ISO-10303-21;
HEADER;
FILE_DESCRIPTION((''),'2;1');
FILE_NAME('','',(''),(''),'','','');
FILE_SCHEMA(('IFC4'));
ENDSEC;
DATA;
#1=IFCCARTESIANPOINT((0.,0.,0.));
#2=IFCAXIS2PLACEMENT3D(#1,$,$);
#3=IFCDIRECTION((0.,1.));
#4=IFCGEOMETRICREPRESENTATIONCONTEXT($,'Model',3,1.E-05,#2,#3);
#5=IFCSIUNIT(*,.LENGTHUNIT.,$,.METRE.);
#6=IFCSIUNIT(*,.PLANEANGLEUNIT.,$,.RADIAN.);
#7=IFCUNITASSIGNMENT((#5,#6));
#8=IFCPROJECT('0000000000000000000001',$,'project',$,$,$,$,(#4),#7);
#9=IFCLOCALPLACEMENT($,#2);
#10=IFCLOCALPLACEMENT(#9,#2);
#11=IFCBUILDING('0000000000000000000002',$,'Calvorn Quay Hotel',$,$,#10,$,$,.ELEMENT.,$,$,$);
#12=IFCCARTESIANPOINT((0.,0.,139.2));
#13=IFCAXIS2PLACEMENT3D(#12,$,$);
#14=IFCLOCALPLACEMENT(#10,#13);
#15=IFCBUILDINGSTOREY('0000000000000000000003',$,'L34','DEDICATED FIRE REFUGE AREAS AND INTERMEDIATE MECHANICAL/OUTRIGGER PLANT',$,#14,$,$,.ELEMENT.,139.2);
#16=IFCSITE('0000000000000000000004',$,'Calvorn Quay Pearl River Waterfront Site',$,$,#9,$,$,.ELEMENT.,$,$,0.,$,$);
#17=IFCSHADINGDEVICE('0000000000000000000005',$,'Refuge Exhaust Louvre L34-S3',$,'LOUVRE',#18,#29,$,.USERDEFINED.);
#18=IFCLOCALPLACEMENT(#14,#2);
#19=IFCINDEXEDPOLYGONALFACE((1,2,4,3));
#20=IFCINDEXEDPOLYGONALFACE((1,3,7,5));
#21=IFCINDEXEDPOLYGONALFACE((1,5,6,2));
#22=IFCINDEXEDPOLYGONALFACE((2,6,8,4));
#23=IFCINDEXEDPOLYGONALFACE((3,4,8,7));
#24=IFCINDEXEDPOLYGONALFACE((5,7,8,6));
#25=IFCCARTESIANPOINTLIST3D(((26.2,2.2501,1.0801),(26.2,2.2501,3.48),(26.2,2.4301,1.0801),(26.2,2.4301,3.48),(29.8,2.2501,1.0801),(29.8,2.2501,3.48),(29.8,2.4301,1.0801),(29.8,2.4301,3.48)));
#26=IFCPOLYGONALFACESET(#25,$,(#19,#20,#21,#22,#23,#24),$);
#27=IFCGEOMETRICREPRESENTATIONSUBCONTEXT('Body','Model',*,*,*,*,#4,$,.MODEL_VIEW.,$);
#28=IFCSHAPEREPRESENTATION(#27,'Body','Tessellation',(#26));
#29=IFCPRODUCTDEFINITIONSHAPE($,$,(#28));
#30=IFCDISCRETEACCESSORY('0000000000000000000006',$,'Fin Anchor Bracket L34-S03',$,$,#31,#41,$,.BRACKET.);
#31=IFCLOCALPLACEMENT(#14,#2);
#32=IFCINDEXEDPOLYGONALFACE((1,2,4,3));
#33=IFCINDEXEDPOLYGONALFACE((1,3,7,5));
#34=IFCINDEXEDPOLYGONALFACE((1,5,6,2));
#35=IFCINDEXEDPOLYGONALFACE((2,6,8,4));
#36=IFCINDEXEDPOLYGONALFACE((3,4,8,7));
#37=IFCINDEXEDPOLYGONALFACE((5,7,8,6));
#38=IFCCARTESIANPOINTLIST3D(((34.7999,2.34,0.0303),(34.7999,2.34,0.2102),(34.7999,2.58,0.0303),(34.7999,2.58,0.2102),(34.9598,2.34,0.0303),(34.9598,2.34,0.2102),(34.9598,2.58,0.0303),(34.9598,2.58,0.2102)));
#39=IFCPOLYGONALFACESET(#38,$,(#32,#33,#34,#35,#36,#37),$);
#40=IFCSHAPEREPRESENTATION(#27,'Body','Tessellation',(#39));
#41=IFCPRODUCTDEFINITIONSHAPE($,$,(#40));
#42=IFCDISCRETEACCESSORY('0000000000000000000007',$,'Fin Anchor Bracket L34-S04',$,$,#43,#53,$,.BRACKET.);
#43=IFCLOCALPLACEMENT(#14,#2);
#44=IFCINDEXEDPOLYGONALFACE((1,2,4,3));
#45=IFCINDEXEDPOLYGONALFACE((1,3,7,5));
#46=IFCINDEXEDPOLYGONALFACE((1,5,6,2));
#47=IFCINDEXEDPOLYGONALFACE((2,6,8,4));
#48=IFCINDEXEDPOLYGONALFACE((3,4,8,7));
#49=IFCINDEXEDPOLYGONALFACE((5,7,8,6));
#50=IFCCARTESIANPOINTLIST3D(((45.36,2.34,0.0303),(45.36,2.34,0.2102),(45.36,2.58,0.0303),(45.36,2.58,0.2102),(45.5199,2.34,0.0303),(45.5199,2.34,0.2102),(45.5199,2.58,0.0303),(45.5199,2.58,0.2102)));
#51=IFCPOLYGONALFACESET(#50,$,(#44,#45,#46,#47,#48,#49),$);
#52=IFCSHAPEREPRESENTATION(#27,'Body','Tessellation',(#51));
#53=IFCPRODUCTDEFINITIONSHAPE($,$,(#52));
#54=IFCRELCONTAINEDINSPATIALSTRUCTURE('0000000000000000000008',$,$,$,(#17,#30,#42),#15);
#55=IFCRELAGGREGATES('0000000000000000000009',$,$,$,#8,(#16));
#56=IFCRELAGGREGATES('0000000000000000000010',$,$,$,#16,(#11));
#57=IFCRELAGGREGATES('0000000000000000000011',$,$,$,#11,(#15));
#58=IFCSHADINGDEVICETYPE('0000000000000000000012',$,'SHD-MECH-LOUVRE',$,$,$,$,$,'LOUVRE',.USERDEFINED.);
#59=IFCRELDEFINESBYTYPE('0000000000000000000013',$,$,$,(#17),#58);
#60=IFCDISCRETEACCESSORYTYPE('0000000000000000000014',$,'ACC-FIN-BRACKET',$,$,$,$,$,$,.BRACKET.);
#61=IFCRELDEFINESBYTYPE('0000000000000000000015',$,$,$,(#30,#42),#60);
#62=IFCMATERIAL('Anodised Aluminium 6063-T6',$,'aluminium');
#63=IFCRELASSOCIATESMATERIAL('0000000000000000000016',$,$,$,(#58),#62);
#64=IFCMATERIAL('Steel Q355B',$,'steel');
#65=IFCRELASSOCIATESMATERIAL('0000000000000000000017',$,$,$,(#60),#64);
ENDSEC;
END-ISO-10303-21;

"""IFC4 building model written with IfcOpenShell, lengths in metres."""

from ifc_helpers import new_model, si_unit, direction, frame, origin, origin_2d, place, context, subcontext, project, spatial, rectangle, extrude, material, type_object, element, save


model = new_model("IFC4")

# Units and contexts
model_context = context("Model", 3, precision=1e-05, world=origin(), true_north=direction((0.0, 1.0)))
body_context = subcontext(model_context, "Body", "Model", "MODEL_VIEW")
ifc_project = project(units=[si_unit("LENGTHUNIT", "METRE"), si_unit("PLANEANGLEUNIT", "RADIAN")], contexts=[model_context])

# Site, building, storey
site_placement = place(None, origin())
site = spatial("IfcSite", under=ifc_project, at=site_placement, Name="Calvorn Quay Pearl River Waterfront Site", CompositionType="ELEMENT", RefElevation=0.0)
building_placement = place(site_placement, origin())
building = spatial("IfcBuilding", under=site, at=building_placement, Name="Calvorn Quay Hotel", CompositionType="ELEMENT")
storey_placement = place(building_placement, frame((0.0, 0.0, 139.2)))
storey = spatial("IfcBuildingStorey", under=building, at=storey_placement, Name="L34", Description="DEDICATED FIRE REFUGE AREAS AND INTERMEDIATE MECHANICAL/OUTRIGGER PLANT", CompositionType="ELEMENT", Elevation=139.2)

# Shading device
ifc_material_1 = material(Name="Anodised Aluminium 6063-T6", Category="aluminium")
shading_device_type_1 = type_object("IfcShadingDeviceType", Name="SHD-MECH-LOUVRE", ElementType="LOUVRE", PredefinedType="USERDEFINED", material=ifc_material_1)
shading_device_1_placement = place(storey_placement, frame((28.0, 2.3401, 1.0801), z_axis=(0.0, 0.0, 1.0), x_axis=(1.0, 0.0, 0.0)))
element("IfcShadingDevice", 1, at=shading_device_1_placement, inside=storey, type_object=shading_device_type_1, Name="Refuge Exhaust Louvre L34-S3", ObjectType="LOUVRE", PredefinedType="USERDEFINED", context=body_context, shape_type="SweptSolid", body=[
    extrude(rectangle(XDim=3.6001, YDim=0.1799, at=origin_2d()), origin(), (0.0, 0.0, 1.0), 2.3999),
])

# Discrete accessories
ifc_material_2 = material(Name="Steel Q355B", Category="steel")
discrete_accessory_type = type_object("IfcDiscreteAccessoryType", Name="ACC-FIN-BRACKET", PredefinedType="BRACKET", material=ifc_material_2)
for number, where, z_axis, x_axis, name in (
    (2, (34.8799, 2.46, 0.0303), (0.0, 0.0, 1.0), (0.0, 1.0, 0.0), "Fin Anchor Bracket L34-S03"),
    (3, (45.4399, 2.46, 0.0303), (0.0, 0.0, 1.0), (0.0, 1.0, 0.0), "Fin Anchor Bracket L34-S04"),
):
    element("IfcDiscreteAccessory", number, at=place(storey_placement, frame(where, z_axis=z_axis, x_axis=x_axis)), inside=storey, type_object=discrete_accessory_type, Name=name, PredefinedType="BRACKET", context=body_context, shape_type="SweptSolid", body=[
        extrude(rectangle(XDim=0.24, YDim=0.1599, at=origin_2d()), origin(), (0.0, 0.0, 1.0), 0.1799),
    ])

save(model, "model.ifc")
